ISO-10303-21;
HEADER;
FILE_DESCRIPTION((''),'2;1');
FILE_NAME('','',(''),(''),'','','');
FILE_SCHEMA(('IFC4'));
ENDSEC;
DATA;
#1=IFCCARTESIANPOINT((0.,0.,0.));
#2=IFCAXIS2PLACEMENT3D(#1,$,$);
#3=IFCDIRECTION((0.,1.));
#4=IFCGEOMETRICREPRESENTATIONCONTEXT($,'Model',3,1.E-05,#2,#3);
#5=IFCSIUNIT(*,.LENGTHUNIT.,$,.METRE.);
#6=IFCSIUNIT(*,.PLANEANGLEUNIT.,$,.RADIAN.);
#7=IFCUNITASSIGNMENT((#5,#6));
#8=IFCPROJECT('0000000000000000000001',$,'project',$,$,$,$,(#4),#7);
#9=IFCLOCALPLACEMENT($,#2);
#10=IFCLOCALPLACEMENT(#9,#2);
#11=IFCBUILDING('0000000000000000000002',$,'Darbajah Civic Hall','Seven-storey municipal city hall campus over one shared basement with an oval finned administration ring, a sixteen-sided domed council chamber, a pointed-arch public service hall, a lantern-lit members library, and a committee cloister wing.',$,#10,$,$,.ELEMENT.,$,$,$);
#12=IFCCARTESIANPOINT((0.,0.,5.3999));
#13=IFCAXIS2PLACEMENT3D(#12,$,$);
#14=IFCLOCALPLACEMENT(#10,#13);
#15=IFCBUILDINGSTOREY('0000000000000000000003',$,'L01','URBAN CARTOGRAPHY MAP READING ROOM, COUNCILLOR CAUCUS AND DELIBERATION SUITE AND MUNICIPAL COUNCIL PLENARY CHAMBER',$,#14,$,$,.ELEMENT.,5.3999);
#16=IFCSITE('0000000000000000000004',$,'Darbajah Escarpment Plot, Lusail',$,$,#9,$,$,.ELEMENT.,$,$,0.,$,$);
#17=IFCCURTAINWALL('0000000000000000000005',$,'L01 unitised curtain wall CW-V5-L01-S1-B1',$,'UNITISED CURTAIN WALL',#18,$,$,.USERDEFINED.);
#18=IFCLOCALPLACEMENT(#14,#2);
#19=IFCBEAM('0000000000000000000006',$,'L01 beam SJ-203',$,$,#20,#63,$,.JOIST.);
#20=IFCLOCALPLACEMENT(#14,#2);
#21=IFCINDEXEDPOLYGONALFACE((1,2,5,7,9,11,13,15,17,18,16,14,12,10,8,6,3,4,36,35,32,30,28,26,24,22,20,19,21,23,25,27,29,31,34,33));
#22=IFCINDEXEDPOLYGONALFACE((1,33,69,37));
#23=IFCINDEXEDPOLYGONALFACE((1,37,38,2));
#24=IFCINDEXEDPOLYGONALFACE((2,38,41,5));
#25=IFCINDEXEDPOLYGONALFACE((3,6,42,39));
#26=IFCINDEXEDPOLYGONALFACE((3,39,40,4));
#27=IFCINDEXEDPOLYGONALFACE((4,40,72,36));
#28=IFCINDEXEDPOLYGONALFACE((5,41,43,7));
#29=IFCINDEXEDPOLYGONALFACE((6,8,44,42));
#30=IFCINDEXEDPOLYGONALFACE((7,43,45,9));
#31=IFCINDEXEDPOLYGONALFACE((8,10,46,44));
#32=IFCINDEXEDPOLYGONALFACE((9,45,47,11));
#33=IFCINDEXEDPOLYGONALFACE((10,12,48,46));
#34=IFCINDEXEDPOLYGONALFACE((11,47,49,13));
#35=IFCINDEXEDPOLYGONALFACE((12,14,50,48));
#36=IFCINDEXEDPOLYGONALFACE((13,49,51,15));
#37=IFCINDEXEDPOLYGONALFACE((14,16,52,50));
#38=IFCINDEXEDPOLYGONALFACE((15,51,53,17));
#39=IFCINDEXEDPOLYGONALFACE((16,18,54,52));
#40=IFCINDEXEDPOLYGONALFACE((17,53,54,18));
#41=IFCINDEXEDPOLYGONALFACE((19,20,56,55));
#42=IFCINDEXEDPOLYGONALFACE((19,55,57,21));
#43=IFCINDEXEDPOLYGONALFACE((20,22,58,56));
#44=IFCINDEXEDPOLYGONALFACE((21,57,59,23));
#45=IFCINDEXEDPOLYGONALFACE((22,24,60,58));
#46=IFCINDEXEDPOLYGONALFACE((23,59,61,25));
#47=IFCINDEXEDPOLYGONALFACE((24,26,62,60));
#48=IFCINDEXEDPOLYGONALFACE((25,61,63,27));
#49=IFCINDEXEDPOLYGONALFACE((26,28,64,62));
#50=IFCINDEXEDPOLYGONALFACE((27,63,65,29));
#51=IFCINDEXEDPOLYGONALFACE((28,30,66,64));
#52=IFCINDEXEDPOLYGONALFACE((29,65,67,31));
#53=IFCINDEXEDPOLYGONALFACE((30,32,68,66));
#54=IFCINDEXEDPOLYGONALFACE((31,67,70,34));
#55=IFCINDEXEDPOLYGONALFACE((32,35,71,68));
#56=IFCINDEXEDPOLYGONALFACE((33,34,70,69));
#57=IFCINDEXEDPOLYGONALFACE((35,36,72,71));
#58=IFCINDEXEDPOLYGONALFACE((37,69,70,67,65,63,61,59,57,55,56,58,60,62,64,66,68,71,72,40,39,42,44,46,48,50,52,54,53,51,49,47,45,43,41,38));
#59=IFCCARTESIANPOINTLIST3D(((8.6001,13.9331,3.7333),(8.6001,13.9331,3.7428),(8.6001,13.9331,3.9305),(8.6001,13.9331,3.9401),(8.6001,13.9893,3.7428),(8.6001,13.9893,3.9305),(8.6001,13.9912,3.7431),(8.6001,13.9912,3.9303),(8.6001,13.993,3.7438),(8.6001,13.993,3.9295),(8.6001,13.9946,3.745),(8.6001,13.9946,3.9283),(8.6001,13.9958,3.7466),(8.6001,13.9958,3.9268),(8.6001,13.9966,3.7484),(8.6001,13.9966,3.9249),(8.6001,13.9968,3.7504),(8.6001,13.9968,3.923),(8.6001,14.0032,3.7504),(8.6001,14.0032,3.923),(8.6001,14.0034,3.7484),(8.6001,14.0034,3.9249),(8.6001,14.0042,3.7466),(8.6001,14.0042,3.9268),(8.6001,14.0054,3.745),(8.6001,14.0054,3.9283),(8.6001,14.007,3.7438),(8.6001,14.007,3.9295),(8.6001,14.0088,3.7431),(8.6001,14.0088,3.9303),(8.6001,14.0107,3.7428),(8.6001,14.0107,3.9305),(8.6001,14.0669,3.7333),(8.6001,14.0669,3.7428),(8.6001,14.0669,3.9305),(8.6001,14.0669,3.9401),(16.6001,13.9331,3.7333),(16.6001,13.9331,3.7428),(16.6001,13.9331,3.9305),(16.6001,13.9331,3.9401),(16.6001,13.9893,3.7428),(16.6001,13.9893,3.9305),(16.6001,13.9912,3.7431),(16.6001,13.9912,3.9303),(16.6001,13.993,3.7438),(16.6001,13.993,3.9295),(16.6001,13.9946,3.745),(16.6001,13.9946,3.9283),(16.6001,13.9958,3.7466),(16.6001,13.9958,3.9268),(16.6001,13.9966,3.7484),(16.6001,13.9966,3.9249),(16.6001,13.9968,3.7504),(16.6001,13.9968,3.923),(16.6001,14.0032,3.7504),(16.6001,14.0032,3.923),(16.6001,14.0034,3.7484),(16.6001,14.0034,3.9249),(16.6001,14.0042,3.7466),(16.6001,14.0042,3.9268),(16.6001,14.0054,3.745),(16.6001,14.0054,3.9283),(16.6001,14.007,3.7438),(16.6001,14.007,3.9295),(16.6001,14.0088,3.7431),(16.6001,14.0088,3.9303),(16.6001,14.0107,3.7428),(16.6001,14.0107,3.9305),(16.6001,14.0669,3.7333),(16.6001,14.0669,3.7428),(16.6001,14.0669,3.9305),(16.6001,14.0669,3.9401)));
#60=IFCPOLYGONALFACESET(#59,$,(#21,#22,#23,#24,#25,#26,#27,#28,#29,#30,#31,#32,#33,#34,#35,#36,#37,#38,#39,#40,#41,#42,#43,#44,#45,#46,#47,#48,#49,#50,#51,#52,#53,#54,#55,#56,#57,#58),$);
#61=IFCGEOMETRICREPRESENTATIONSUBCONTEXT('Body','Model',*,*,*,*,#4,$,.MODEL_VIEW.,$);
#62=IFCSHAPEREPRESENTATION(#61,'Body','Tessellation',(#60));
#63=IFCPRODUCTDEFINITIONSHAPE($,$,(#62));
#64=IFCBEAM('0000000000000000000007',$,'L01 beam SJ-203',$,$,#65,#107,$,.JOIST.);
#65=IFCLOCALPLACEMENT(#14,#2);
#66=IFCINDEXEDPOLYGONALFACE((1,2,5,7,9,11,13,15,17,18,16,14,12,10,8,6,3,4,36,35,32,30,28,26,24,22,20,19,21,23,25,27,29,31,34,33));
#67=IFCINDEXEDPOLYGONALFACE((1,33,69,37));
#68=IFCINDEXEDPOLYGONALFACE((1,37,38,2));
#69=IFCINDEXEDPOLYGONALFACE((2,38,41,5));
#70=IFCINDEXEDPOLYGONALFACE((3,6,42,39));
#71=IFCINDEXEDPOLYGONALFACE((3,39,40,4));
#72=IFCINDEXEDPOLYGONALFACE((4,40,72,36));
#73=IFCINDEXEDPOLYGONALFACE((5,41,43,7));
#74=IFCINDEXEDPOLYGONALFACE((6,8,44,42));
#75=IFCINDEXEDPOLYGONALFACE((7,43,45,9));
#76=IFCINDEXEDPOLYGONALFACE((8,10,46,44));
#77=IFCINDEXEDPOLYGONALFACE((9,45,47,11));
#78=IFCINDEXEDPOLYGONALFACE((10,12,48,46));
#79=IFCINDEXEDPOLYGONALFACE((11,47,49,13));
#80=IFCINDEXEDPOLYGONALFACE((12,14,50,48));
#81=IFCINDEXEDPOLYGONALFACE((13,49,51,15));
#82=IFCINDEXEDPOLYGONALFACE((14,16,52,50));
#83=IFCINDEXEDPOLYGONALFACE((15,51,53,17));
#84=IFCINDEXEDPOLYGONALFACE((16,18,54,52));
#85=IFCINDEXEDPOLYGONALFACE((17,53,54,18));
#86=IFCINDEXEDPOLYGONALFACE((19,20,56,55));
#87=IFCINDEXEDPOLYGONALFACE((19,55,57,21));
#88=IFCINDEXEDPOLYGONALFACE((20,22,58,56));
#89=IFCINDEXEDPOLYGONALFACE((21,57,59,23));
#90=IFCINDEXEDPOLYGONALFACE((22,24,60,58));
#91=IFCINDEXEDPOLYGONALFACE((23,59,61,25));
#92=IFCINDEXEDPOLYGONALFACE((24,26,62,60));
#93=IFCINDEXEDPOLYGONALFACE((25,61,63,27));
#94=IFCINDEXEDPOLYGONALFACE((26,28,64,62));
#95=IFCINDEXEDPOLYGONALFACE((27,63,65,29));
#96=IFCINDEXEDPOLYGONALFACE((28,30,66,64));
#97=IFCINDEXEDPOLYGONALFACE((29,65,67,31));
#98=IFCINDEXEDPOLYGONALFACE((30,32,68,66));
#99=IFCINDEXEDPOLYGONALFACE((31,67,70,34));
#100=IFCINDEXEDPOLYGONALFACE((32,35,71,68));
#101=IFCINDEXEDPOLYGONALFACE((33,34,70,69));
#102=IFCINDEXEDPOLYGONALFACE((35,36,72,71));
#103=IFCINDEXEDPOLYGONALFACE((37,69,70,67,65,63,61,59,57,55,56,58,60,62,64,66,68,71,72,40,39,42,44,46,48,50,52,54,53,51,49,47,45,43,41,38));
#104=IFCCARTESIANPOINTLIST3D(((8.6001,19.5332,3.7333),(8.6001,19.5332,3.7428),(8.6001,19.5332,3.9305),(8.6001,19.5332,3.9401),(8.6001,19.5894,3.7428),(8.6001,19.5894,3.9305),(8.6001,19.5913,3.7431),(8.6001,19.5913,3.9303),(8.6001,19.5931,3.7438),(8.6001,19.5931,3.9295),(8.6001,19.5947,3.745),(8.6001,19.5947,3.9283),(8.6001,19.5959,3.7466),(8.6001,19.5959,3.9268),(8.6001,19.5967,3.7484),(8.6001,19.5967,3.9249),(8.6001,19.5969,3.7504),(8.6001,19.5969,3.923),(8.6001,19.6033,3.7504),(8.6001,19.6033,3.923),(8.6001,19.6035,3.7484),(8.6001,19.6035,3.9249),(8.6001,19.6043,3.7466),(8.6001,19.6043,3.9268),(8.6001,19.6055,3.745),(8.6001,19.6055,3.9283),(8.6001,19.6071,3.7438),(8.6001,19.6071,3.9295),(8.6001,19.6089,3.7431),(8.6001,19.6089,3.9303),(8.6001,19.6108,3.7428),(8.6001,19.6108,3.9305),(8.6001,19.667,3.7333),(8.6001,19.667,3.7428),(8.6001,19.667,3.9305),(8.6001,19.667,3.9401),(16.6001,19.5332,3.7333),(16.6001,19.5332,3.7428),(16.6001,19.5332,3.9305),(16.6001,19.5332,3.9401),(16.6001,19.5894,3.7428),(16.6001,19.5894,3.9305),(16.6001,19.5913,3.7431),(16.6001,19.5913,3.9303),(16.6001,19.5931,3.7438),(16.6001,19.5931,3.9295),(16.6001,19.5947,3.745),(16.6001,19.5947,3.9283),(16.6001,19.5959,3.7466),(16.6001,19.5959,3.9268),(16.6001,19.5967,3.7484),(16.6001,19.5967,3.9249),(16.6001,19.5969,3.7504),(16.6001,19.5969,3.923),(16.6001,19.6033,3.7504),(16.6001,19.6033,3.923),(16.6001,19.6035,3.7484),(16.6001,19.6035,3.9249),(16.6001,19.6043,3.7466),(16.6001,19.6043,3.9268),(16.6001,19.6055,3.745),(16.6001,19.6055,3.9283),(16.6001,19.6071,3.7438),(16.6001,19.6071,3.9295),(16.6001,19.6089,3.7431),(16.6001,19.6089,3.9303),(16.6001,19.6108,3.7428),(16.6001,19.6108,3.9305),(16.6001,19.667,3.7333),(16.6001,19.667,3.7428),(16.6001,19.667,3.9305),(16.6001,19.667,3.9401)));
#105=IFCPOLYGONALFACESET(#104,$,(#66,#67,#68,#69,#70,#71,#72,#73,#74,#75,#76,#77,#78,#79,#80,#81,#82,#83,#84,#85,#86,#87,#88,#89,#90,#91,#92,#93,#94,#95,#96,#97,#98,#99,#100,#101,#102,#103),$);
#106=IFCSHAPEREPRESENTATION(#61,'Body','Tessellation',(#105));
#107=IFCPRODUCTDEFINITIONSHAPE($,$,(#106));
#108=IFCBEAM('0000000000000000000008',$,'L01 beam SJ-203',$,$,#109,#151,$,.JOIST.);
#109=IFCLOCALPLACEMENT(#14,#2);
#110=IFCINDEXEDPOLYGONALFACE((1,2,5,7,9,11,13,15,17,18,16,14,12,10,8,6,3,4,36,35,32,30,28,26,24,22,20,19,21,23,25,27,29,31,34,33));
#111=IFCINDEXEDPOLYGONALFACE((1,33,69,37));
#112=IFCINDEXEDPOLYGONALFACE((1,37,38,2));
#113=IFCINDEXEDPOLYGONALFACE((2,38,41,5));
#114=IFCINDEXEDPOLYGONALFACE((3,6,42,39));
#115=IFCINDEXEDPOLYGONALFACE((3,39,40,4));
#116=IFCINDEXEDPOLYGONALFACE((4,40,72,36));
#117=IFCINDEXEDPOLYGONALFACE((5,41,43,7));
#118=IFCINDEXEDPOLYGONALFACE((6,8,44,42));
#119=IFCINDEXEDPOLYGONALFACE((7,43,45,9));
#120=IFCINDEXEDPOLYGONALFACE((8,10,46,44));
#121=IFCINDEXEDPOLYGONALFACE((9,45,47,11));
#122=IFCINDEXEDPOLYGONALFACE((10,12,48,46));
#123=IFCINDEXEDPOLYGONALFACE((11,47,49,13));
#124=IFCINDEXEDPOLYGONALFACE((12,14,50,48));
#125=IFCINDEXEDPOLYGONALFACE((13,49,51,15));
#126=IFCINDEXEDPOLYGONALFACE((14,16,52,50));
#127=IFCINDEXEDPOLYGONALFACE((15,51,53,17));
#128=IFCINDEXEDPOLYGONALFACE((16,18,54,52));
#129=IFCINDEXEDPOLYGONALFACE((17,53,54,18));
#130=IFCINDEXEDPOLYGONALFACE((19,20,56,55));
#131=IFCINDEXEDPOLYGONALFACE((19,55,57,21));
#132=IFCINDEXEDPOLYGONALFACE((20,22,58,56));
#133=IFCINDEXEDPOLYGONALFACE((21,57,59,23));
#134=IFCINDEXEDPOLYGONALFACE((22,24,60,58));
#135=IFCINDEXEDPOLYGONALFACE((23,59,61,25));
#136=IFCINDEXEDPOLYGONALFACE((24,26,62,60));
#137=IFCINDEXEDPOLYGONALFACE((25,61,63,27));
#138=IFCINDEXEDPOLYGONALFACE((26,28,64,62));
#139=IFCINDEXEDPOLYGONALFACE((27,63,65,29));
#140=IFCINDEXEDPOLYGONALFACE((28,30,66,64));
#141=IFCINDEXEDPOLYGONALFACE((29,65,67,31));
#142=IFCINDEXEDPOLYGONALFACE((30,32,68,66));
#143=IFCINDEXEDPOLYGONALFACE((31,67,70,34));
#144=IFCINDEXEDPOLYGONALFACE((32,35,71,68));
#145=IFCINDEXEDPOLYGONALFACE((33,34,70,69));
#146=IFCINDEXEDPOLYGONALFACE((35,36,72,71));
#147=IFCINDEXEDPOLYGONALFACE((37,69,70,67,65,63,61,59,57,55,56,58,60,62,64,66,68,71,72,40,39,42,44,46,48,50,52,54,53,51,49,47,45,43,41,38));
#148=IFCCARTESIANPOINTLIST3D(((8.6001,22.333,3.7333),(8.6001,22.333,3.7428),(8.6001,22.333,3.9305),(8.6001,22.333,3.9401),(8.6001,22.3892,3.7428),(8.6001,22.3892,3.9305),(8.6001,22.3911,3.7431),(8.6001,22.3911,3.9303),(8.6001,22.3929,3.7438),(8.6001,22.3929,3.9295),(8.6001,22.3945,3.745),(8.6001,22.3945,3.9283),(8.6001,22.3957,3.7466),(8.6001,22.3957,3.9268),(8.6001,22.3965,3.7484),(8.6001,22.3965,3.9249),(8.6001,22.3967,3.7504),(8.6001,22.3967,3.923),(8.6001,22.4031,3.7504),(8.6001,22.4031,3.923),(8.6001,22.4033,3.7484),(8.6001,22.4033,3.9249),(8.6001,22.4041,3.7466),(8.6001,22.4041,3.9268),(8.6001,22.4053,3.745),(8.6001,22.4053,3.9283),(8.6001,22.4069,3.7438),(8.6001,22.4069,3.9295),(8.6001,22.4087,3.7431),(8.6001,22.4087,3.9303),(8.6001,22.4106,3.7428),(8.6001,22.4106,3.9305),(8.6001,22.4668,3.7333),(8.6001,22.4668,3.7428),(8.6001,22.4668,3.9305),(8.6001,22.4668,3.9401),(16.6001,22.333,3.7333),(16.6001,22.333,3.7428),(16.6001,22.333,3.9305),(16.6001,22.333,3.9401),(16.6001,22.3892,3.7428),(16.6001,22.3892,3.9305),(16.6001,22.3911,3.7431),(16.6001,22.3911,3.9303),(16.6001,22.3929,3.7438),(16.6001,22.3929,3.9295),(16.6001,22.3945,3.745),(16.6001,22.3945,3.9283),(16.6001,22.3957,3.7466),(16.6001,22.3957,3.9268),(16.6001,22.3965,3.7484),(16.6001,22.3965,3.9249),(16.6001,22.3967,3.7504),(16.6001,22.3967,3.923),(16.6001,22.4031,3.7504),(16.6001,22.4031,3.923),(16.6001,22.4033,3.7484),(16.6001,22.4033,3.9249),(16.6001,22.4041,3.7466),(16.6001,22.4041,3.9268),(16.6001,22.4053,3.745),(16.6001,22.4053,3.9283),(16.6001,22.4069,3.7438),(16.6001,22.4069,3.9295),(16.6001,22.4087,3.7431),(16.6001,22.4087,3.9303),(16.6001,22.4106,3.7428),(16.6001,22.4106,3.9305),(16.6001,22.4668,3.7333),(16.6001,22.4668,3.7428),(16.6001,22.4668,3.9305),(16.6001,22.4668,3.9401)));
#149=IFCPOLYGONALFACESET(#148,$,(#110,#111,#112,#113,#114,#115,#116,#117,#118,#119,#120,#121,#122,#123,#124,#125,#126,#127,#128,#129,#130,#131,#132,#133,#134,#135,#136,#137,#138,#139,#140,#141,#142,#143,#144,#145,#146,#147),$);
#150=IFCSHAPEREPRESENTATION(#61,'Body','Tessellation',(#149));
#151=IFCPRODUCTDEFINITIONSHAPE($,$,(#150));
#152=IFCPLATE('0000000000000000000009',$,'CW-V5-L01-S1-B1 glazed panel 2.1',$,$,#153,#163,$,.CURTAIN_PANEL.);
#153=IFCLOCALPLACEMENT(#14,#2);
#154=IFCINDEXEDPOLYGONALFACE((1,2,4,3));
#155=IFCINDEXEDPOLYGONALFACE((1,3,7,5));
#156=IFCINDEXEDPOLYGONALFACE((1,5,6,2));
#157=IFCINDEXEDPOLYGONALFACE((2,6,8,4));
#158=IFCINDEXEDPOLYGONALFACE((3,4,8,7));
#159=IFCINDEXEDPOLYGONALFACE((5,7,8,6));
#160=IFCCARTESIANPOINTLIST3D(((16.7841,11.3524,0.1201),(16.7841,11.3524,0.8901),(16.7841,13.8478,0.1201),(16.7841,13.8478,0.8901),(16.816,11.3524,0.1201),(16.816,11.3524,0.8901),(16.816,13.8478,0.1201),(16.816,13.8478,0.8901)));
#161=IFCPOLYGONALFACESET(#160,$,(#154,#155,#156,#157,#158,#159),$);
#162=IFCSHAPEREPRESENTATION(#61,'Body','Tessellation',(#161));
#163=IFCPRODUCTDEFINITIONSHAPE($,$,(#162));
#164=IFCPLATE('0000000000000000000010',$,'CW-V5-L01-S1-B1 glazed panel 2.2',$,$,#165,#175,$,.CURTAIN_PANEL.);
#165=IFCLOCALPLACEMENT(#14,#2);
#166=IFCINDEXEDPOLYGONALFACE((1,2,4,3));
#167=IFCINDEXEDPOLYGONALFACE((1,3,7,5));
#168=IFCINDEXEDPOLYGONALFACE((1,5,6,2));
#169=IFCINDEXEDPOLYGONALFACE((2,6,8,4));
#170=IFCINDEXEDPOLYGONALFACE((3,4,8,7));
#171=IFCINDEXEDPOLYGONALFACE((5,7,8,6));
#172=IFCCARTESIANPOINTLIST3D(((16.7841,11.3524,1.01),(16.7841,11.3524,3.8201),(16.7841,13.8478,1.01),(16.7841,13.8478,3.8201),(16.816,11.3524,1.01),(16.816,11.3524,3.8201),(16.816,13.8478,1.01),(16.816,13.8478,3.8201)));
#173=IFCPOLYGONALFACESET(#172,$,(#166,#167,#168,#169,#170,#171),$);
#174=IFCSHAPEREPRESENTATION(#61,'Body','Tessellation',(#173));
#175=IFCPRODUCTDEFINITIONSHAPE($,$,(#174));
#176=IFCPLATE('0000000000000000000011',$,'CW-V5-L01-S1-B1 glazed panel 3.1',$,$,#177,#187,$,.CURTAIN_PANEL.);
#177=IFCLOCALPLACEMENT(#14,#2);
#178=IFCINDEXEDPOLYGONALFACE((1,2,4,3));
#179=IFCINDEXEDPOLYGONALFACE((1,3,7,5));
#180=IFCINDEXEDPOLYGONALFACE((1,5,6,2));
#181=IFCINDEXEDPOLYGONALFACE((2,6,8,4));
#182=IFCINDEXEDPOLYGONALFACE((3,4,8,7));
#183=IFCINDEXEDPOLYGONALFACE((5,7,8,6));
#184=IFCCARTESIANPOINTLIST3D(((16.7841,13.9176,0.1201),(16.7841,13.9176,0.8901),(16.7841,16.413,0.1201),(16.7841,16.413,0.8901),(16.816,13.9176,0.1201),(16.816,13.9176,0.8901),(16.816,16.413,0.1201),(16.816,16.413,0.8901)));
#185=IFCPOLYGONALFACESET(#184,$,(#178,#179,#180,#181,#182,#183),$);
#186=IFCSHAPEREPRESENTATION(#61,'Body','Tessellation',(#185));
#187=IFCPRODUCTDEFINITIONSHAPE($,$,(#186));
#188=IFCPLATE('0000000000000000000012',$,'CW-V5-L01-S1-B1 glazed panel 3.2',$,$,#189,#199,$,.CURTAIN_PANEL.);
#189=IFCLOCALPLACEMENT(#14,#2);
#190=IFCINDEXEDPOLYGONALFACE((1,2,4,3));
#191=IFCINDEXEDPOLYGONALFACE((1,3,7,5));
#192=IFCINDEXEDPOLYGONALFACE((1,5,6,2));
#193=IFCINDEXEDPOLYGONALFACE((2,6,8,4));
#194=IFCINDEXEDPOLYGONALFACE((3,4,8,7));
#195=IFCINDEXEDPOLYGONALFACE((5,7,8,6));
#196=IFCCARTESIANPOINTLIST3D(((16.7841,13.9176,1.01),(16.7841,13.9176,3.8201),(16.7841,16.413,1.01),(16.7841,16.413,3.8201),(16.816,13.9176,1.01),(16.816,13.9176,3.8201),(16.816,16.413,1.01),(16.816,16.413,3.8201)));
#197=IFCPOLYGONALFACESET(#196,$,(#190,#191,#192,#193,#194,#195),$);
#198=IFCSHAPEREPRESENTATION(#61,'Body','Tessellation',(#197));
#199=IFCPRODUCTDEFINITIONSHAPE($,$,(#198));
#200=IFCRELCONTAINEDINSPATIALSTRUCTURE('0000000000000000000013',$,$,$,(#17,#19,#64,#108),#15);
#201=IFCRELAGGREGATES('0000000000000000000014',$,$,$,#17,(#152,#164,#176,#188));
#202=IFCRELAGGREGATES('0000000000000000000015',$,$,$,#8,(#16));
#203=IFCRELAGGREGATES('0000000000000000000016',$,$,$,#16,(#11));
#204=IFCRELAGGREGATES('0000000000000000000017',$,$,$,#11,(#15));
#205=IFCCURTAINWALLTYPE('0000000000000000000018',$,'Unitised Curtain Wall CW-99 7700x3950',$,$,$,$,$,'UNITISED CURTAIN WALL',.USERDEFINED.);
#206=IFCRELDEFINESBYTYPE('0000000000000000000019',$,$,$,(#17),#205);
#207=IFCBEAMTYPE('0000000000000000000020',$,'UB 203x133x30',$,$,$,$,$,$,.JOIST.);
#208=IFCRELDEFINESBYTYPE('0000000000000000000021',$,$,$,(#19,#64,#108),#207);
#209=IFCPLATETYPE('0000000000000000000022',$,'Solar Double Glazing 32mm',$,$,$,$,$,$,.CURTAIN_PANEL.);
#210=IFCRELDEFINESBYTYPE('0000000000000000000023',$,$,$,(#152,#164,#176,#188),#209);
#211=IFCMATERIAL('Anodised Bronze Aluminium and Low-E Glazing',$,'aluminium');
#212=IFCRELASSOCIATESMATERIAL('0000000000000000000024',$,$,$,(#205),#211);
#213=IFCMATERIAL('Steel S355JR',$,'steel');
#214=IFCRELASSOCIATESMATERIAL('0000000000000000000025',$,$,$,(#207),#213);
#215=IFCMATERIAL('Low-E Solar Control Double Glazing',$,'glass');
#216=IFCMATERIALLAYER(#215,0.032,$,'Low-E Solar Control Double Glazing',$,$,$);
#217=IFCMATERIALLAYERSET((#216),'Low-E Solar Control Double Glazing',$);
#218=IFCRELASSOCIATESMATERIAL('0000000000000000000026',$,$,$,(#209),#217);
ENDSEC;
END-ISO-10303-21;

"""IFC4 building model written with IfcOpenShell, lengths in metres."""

from ifc_helpers import new_model, si_unit, direction, frame, origin, origin_2d, place, context, subcontext, project, spatial, rectangle, i_section, extrude, material, layer, layer_set, material_profile, profile_set, type_object, element, aggregate, save


model = new_model("IFC4")

# Units and contexts
model_context = context("Model", 3, precision=1e-05, world=origin(), true_north=direction((0.0, 1.0)))
body_context = subcontext(model_context, "Body", "Model", "MODEL_VIEW")
ifc_project = project(units=[si_unit("LENGTHUNIT", "METRE"), si_unit("PLANEANGLEUNIT", "RADIAN")], contexts=[model_context])

# Site, building, storey
site_placement = place(None, origin())
site = spatial("IfcSite", under=ifc_project, at=site_placement, Name="Darbajah Escarpment Plot, Lusail", CompositionType="ELEMENT", RefElevation=0.0)
building_placement = place(site_placement, origin())
building = spatial("IfcBuilding", under=site, at=building_placement, Name="Darbajah Civic Hall", Description="Seven-storey municipal city hall campus over one shared basement with an oval finned administration ring, a sixteen-sided domed council chamber, a pointed-arch public service hall, a lantern-lit members library, and a committee cloister wing.", CompositionType="ELEMENT")
storey_placement = place(building_placement, frame((0.0, 0.0, 5.3999)))
storey = spatial("IfcBuildingStorey", under=building, at=storey_placement, Name="L01", Description="URBAN CARTOGRAPHY MAP READING ROOM, COUNCILLOR CAUCUS AND DELIBERATION SUITE AND MUNICIPAL COUNCIL PLENARY CHAMBER", CompositionType="ELEMENT", Elevation=5.3999)

# Curtain wall
ifc_material_1 = material(Name="Anodised Bronze Aluminium and Low-E Glazing", Category="aluminium")
curtain_wall_type = type_object("IfcCurtainWallType", Name="Unitised Curtain Wall CW-99 7700x3950", ElementType="UNITISED CURTAIN WALL", PredefinedType="USERDEFINED", material=ifc_material_1)
curtain_wall_placement = place(storey_placement, origin())
curtain_wall = element("IfcCurtainWall", 1, at=curtain_wall_placement, inside=storey, type_object=curtain_wall_type, Name="L01 unitised curtain wall CW-V5-L01-S1-B1", ObjectType="UNITISED CURTAIN WALL", PredefinedType="USERDEFINED")

# Beams
ifc_material_2 = material(Name="Steel S355JR", Category="steel")
ifc_material_profile_1 = material_profile(ifc_material_2, i_section(OverallWidth=0.1338, OverallDepth=0.2068, WebThickness=0.0063, FlangeThickness=0.0095, FilletRadius=0.0076, at=origin_2d()), Name="UB 203x133x30")
ifc_profile_set_1 = profile_set([ifc_material_profile_1], Name="Steel S355JR")
beam_type_1 = type_object("IfcBeamType", Name="UB 203x133x30", PredefinedType="JOIST", material=ifc_profile_set_1)
for number, where, z_axis, x_axis, name in (
    (2, (8.6001, 14.0, 3.8367), (1.0, 0.0, 0.0), (0.0, 1.0, 0.0), "L01 beam SJ-203"),
    (3, (8.6001, 19.6001, 3.8367), (1.0, 0.0, 0.0), (0.0, 1.0, 0.0), "L01 beam SJ-203"),
    (4, (8.6001, 22.3999, 3.8367), (1.0, 0.0, 0.0), (0.0, 1.0, 0.0), "L01 beam SJ-203"),
):
    element("IfcBeam", number, at=place(storey_placement, frame(where, z_axis=z_axis, x_axis=x_axis)), inside=storey, type_object=beam_type_1, Name=name, PredefinedType="JOIST", context=body_context, shape_type="SweptSolid", body=[
        extrude(i_section(OverallWidth=0.1338, OverallDepth=0.2068, WebThickness=0.0063, FlangeThickness=0.0095, FilletRadius=0.0076, at=origin_2d()), origin(), (0.0, 0.0, 1.0), 8.0),
    ])

# Plates
ifc_material_3 = material(Name="Low-E Solar Control Double Glazing", Category="glass")
ifc_layer_1 = layer(ifc_material_3, 0.032, Name="Low-E Solar Control Double Glazing")
ifc_layer_set_1 = layer_set([ifc_layer_1], Name="Low-E Solar Control Double Glazing")
plate_type = type_object("IfcPlateType", Name="Solar Double Glazing 32mm", PredefinedType="CURTAIN_PANEL", material=ifc_layer_set_1)
plate_1_placement = place(storey_placement, frame((16.8, 12.6001, 0.1201), z_axis=(0.0, 0.0, 1.0), x_axis=(0.0, 1.0, 0.0)))
plate_1 = element("IfcPlate", 5, at=plate_1_placement, type_object=plate_type, Name="CW-V5-L01-S1-B1 glazed panel 2.1", PredefinedType="CURTAIN_PANEL", context=body_context, shape_type="SweptSolid", body=[
    extrude(rectangle(XDim=2.4954, YDim=0.032, at=origin_2d()), origin(), (0.0, 0.0, 1.0), 0.77),
])
plate_2_placement = place(storey_placement, frame((16.8, 12.6001, 1.01), z_axis=(0.0, 0.0, 1.0), x_axis=(0.0, 1.0, 0.0)))
plate_2 = element("IfcPlate", 6, at=plate_2_placement, type_object=plate_type, Name="CW-V5-L01-S1-B1 glazed panel 2.2", PredefinedType="CURTAIN_PANEL", context=body_context, shape_type="SweptSolid", body=[
    extrude(rectangle(XDim=2.4954, YDim=0.032, at=origin_2d()), origin(), (0.0, 0.0, 1.0), 2.8101),
])
plate_3_placement = place(storey_placement, frame((16.8, 15.1653, 0.1201), z_axis=(0.0, 0.0, 1.0), x_axis=(0.0, 1.0, 0.0)))
plate_3 = element("IfcPlate", 7, at=plate_3_placement, type_object=plate_type, Name="CW-V5-L01-S1-B1 glazed panel 3.1", PredefinedType="CURTAIN_PANEL", context=body_context, shape_type="SweptSolid", body=[
    extrude(rectangle(XDim=2.4954, YDim=0.032, at=origin_2d()), origin(), (0.0, 0.0, 1.0), 0.77),
])
plate_4_placement = place(storey_placement, frame((16.8, 15.1653, 1.01), z_axis=(0.0, 0.0, 1.0), x_axis=(0.0, 1.0, 0.0)))
plate_4 = element("IfcPlate", 8, at=plate_4_placement, type_object=plate_type, Name="CW-V5-L01-S1-B1 glazed panel 3.2", PredefinedType="CURTAIN_PANEL", context=body_context, shape_type="SweptSolid", body=[
    extrude(rectangle(XDim=2.4954, YDim=0.032, at=origin_2d()), origin(), (0.0, 0.0, 1.0), 2.8101),
])
aggregate(curtain_wall, [plate_1, plate_2, plate_3, plate_4])

save(model, "model.ifc")
